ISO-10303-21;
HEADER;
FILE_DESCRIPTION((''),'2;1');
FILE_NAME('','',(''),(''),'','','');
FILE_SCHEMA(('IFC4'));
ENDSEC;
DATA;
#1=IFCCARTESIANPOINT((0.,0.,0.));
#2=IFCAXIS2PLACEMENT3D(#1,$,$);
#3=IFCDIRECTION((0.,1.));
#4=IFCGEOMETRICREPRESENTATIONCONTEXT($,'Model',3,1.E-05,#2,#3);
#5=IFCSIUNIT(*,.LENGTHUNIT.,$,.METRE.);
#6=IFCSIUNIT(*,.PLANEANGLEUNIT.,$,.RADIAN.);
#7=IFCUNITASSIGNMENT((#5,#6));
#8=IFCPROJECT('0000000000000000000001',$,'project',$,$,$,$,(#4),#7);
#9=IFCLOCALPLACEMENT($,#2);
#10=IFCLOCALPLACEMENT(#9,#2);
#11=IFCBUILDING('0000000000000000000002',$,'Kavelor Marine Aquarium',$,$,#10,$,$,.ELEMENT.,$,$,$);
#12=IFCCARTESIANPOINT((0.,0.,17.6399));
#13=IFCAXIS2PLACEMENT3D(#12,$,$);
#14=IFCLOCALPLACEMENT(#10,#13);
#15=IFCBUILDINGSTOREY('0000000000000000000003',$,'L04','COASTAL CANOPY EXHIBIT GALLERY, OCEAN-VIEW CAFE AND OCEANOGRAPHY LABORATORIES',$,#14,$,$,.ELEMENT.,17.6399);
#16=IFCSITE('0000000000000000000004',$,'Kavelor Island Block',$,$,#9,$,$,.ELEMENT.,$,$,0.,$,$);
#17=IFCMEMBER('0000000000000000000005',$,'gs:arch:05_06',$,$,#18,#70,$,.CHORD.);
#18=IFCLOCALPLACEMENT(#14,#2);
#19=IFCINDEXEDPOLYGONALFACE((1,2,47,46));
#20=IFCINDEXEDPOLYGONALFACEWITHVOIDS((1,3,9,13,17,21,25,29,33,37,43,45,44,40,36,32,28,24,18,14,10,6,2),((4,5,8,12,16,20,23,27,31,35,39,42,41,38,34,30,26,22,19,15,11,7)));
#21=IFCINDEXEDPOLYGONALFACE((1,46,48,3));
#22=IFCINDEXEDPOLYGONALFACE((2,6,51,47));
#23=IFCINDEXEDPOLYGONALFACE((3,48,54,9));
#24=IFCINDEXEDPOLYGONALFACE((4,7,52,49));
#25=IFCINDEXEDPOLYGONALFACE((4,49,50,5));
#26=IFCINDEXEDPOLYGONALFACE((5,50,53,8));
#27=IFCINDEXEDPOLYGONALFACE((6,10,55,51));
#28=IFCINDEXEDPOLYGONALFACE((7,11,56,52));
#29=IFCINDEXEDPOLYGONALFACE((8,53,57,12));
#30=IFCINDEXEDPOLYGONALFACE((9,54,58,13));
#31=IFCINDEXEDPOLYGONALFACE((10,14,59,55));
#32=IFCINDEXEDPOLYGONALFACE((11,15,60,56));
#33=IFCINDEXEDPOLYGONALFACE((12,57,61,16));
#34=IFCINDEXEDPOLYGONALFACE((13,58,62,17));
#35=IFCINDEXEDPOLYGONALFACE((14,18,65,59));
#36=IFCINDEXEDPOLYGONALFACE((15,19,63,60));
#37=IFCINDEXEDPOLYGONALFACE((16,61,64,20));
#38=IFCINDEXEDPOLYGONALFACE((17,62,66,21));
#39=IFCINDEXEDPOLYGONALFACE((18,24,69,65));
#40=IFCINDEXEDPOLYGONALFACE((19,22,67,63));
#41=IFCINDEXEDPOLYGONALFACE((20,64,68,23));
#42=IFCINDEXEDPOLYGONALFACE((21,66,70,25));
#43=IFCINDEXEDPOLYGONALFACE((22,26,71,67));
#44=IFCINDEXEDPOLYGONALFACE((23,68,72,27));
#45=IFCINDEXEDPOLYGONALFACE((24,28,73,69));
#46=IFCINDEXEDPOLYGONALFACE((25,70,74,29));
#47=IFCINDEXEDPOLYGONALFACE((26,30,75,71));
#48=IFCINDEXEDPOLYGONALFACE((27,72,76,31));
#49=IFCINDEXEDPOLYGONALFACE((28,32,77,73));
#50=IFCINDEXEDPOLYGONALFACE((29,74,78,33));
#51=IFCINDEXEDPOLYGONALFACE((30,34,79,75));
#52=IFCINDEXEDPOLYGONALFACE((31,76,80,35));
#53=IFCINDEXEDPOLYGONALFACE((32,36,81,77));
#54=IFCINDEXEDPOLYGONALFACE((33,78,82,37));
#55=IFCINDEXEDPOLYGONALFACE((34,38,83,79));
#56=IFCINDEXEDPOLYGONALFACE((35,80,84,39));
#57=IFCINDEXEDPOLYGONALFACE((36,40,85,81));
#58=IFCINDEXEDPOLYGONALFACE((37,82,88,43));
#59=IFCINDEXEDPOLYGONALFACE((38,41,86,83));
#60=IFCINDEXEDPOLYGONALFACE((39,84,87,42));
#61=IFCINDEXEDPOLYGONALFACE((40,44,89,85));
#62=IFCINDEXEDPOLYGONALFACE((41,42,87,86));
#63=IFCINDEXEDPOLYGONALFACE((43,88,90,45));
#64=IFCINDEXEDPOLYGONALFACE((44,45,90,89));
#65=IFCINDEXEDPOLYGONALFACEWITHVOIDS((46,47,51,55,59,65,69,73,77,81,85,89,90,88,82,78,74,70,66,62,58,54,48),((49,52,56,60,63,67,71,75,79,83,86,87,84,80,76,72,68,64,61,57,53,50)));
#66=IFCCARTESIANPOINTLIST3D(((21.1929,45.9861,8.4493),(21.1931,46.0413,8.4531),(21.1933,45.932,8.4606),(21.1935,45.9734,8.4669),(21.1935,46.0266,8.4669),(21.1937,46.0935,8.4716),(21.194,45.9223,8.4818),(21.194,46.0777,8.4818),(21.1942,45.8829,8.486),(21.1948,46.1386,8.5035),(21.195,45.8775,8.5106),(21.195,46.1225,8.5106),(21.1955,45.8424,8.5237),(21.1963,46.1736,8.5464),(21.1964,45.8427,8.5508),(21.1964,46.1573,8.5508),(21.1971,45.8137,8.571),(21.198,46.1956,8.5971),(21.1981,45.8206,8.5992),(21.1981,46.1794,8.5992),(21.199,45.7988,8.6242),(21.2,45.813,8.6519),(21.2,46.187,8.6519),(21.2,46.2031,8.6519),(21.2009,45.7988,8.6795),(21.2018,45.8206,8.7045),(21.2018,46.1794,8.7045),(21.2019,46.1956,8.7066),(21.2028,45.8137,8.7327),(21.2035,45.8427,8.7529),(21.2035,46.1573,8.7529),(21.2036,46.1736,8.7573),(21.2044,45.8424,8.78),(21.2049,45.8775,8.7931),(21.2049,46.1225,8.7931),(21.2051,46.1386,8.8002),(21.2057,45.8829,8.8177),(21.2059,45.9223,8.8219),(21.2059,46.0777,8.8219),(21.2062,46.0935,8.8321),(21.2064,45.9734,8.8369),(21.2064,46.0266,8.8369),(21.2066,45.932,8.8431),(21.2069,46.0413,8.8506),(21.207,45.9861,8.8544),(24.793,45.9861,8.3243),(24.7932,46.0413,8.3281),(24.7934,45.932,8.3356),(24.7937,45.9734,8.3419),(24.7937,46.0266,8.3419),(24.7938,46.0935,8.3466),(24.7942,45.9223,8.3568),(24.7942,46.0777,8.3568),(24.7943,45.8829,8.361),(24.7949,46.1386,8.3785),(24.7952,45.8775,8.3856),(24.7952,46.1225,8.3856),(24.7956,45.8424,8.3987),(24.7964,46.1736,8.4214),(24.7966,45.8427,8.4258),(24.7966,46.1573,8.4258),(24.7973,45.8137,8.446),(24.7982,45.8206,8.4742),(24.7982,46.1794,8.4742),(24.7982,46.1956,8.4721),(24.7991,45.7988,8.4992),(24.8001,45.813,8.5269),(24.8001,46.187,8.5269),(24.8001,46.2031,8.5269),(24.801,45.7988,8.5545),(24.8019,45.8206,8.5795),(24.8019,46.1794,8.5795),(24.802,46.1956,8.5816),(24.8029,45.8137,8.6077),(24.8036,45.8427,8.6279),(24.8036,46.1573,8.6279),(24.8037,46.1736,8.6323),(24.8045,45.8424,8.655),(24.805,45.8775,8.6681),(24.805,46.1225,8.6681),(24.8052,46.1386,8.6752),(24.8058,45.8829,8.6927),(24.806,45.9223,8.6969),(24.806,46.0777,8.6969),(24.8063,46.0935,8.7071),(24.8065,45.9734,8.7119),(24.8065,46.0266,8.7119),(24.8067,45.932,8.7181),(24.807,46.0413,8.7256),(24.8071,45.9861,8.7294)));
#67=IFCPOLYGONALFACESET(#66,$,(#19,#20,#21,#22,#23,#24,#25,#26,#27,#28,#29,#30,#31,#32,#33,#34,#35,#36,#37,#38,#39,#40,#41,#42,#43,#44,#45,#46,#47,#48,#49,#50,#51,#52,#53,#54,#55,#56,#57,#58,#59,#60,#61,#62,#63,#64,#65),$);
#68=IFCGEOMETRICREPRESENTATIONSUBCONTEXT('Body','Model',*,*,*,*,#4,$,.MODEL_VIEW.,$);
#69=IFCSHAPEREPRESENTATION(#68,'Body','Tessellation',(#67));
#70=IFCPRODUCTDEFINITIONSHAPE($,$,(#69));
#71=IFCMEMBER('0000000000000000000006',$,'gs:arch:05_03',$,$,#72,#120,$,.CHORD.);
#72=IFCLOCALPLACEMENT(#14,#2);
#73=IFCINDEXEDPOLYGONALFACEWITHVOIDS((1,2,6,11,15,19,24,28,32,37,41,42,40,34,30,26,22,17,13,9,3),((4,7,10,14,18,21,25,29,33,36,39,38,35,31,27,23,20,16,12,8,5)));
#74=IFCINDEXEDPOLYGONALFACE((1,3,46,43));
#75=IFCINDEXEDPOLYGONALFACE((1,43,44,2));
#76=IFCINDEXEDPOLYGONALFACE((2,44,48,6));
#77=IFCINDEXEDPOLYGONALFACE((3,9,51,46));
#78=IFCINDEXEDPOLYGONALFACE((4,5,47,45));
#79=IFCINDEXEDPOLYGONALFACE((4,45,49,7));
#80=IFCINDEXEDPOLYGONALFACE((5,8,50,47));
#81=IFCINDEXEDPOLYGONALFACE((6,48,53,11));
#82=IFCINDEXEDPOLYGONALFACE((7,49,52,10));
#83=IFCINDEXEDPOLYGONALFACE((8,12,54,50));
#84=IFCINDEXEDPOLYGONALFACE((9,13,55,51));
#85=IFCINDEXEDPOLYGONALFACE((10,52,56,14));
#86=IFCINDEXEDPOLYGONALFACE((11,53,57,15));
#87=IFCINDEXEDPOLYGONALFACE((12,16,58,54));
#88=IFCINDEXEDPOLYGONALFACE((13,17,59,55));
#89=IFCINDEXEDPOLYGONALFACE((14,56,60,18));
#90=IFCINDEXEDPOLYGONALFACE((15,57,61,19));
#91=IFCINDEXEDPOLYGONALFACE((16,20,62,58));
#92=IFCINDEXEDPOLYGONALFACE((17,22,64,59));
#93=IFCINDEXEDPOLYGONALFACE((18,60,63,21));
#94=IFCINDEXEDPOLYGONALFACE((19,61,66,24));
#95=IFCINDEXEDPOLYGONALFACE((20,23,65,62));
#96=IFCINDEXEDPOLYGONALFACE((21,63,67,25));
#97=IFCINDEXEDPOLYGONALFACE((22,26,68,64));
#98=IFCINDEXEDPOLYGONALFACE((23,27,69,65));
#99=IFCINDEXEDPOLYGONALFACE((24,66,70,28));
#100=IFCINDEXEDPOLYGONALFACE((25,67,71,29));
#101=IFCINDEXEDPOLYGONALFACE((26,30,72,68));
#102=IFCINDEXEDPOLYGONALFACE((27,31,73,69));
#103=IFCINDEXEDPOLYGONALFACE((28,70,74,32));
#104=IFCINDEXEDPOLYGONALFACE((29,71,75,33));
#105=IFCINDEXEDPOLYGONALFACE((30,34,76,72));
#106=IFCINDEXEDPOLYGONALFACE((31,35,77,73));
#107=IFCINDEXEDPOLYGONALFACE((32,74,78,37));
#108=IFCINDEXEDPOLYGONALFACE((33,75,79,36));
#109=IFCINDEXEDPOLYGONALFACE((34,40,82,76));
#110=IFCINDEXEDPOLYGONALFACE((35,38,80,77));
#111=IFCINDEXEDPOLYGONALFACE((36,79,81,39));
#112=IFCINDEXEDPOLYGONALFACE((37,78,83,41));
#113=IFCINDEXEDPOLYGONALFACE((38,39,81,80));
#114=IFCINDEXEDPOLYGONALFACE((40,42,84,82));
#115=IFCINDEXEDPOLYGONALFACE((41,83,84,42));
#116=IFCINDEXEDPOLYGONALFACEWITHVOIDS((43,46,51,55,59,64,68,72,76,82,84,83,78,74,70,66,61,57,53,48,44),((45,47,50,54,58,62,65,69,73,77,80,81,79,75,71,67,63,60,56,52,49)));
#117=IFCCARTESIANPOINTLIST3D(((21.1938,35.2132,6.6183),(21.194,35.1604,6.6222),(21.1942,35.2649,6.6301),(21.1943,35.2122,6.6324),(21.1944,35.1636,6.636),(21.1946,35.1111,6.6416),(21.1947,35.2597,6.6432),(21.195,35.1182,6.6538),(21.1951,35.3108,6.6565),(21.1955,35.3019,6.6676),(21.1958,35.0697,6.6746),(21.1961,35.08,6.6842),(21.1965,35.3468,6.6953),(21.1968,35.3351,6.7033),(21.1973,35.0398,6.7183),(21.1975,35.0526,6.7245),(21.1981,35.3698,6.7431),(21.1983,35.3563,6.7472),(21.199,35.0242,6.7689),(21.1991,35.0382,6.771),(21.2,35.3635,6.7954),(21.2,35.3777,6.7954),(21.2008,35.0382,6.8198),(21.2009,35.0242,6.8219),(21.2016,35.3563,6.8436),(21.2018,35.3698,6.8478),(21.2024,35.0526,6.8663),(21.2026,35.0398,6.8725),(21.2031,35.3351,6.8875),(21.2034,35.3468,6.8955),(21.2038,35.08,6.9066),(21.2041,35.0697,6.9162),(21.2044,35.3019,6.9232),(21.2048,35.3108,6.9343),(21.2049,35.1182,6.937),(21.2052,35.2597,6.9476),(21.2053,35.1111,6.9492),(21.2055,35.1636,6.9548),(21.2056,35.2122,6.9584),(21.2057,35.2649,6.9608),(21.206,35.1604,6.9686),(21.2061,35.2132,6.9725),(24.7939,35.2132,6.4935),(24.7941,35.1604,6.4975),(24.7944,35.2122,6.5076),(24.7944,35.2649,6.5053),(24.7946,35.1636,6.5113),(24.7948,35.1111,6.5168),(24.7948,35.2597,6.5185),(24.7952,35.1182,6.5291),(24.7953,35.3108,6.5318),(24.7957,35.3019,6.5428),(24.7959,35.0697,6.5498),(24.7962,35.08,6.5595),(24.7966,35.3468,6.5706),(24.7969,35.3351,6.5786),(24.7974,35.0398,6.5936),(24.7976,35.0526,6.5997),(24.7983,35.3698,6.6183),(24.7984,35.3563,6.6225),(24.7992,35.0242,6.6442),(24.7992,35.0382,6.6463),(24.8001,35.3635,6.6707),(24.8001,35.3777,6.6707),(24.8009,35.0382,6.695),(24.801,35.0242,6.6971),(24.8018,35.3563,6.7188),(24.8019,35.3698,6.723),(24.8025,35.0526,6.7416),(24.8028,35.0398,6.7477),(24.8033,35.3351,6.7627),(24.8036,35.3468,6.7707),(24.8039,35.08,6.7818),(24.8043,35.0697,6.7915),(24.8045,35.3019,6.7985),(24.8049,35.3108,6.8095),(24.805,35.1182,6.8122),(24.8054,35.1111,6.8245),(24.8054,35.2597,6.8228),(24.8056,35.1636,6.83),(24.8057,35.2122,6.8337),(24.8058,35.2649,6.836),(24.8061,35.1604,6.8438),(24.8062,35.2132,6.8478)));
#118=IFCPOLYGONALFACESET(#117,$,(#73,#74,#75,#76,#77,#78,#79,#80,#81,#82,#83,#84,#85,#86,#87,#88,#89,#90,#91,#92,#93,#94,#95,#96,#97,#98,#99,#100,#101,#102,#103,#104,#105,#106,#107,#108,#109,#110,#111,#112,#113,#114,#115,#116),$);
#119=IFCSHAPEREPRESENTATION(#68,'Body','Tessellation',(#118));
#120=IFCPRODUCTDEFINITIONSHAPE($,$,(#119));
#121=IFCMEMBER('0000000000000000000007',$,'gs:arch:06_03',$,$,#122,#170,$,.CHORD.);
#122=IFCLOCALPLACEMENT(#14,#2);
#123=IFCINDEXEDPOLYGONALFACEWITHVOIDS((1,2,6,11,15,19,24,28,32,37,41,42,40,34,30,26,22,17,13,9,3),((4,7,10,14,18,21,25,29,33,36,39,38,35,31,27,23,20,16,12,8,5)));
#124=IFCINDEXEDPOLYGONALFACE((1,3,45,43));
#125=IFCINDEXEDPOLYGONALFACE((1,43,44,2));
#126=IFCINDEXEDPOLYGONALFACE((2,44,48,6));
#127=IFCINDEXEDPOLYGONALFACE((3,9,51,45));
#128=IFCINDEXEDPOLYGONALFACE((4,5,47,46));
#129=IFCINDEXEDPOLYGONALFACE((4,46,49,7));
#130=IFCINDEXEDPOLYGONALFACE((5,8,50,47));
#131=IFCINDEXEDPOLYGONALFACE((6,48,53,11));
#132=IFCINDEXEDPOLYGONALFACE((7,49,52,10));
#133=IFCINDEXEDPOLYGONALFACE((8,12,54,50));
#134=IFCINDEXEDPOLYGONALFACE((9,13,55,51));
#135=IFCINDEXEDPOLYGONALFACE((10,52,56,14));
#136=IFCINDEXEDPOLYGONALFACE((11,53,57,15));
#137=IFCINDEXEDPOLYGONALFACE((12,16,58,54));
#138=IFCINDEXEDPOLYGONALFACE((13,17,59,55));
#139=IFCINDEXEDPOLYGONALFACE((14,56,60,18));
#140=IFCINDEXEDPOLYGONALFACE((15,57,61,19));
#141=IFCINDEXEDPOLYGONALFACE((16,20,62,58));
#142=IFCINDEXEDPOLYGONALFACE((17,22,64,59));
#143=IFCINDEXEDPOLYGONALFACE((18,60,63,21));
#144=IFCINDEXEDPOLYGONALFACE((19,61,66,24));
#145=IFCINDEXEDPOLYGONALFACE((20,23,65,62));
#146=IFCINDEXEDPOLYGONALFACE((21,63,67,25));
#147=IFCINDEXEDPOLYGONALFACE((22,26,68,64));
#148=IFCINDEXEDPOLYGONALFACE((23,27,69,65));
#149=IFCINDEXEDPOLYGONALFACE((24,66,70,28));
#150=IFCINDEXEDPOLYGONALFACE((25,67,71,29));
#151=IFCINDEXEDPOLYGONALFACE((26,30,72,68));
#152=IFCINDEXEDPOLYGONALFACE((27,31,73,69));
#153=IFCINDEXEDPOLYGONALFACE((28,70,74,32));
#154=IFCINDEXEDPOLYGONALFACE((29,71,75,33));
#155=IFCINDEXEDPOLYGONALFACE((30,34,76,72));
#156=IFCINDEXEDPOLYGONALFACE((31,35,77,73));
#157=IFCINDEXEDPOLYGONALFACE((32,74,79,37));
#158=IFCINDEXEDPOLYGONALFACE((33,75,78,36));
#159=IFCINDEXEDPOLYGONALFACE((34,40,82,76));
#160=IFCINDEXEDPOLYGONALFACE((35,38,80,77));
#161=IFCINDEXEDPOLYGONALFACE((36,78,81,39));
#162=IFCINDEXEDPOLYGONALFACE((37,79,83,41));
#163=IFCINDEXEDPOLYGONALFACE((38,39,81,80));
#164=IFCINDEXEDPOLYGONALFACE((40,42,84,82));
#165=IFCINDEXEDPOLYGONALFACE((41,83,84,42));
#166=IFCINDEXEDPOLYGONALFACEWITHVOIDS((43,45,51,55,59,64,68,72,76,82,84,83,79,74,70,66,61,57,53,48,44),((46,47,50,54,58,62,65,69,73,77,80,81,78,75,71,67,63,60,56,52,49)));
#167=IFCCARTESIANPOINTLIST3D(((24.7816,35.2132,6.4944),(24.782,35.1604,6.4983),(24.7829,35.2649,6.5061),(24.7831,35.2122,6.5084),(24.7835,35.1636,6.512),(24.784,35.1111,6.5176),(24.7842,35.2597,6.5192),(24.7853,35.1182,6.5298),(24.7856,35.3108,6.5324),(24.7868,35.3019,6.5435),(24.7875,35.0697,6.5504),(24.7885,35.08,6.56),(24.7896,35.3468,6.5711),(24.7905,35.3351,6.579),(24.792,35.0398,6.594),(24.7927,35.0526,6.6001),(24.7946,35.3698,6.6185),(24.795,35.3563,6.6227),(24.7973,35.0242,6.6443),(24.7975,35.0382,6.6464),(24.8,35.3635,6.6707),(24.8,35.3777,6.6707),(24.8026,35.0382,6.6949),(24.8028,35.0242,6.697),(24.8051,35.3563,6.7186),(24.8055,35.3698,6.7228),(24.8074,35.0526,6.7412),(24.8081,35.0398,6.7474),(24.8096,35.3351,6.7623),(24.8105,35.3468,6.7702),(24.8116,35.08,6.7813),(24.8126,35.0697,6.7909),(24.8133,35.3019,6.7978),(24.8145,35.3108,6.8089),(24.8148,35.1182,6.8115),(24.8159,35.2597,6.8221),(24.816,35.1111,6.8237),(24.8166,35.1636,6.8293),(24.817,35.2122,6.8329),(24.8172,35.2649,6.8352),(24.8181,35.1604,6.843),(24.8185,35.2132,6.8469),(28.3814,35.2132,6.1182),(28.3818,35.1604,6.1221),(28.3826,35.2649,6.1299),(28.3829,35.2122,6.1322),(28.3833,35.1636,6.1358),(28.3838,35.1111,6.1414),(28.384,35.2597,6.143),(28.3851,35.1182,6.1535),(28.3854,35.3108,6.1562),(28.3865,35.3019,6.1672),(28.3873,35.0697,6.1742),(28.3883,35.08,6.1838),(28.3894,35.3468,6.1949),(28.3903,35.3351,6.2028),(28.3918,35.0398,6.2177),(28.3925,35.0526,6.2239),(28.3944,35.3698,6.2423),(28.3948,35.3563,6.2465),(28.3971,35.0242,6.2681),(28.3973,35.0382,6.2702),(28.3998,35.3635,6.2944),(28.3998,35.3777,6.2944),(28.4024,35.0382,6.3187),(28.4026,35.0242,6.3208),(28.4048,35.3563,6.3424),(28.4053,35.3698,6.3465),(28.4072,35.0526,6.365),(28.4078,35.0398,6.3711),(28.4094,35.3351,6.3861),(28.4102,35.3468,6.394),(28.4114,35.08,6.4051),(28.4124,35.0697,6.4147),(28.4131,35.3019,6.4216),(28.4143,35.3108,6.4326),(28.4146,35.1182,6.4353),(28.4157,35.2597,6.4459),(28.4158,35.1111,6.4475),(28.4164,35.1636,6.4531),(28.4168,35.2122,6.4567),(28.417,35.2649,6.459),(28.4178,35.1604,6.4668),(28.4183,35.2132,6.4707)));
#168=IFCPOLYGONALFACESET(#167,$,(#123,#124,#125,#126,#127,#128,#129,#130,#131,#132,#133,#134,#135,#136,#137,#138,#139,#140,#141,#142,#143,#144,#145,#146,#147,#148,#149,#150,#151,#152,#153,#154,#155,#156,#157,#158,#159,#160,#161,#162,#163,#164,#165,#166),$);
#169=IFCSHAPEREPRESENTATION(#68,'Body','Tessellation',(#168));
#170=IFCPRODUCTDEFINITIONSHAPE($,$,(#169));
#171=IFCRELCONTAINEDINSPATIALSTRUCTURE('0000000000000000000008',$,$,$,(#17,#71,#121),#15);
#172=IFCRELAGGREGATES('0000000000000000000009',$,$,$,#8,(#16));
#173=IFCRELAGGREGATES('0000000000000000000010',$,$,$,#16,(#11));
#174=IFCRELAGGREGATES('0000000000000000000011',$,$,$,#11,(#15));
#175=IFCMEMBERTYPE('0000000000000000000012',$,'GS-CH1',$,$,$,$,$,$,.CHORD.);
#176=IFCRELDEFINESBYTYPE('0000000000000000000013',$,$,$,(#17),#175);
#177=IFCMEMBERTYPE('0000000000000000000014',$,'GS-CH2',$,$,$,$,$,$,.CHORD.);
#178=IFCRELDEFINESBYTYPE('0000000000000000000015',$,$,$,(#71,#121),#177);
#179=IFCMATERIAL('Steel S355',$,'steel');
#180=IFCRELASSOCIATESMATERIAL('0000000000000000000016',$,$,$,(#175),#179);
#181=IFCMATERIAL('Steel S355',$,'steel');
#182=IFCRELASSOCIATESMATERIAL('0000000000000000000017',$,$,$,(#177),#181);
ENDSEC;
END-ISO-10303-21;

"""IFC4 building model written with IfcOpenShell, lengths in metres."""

from ifc_helpers import new_model, si_unit, direction, frame, origin, origin_2d, place, context, subcontext, project, spatial, hollow_circle, extrude, material, material_profile, profile_set, type_object, element, save


model = new_model("IFC4")

# Units and contexts
model_context = context("Model", 3, precision=1e-05, world=origin(), true_north=direction((0.0, 1.0)))
body_context = subcontext(model_context, "Body", "Model", "MODEL_VIEW")
ifc_project = project(units=[si_unit("LENGTHUNIT", "METRE"), si_unit("PLANEANGLEUNIT", "RADIAN")], contexts=[model_context])

# Site, building, storey
site_placement = place(None, origin())
site = spatial("IfcSite", under=ifc_project, at=site_placement, Name="Kavelor Island Block", CompositionType="ELEMENT", RefElevation=0.0)
building_placement = place(site_placement, origin())
building = spatial("IfcBuilding", under=site, at=building_placement, Name="Kavelor Marine Aquarium", CompositionType="ELEMENT")
storey_placement = place(building_placement, frame((0.0, 0.0, 17.6399)))
storey = spatial("IfcBuildingStorey", under=building, at=storey_placement, Name="L04", Description="COASTAL CANOPY EXHIBIT GALLERY, OCEAN-VIEW CAFE AND OCEANOGRAPHY LABORATORIES", CompositionType="ELEMENT", Elevation=17.6399)

# Members
ifc_material_1 = material(Name="Steel S355", Category="steel")
ifc_material_profile_1 = material_profile(ifc_material_1, hollow_circle(Radius=0.2031, WallThickness=0.0161, at=origin_2d()), Name="CHS 406.4x16.0")
ifc_profile_set_1 = profile_set([ifc_material_profile_1], Name="Steel S355")
member_type_1 = type_object("IfcMemberType", Name="GS-CH1", PredefinedType="CHORD", material=ifc_profile_set_1)
member_1_placement = place(storey_placement, frame((21.2, 46.0, 8.6519), z_axis=(0.999398, 0.0, -0.0347), x_axis=(0.0, 1.0, 0.0)))
element("IfcMember", 1, at=member_1_placement, inside=storey, type_object=member_type_1, Name="gs:arch:05_06", PredefinedType="CHORD", context=body_context, shape_type="SweptSolid", body=[
    extrude(hollow_circle(Radius=0.2031, WallThickness=0.0161, at=origin_2d()), origin(), (0.0, 0.0, 1.0), 3.6023),
])
ifc_material_2 = material(Name="Steel S355", Category="steel")
ifc_material_profile_2 = material_profile(ifc_material_2, hollow_circle(Radius=0.1777, WallThickness=0.0142, at=origin_2d()), Name="CHS 355.6x14.2")
ifc_profile_set_2 = profile_set([ifc_material_profile_2], Name="Steel S355")
member_type_2 = type_object("IfcMemberType", Name="GS-CH2", PredefinedType="CHORD", material=ifc_profile_set_2)
member_2_placement = place(storey_placement, frame((21.2, 35.2, 6.7954), z_axis=(0.9994, 0.0, -0.034633), x_axis=(0.0, 1.0, 0.0)))
element("IfcMember", 2, at=member_2_placement, inside=storey, type_object=member_type_2, Name="gs:arch:05_03", PredefinedType="CHORD", context=body_context, shape_type="SweptSolid", body=[
    extrude(hollow_circle(Radius=0.1777, WallThickness=0.0142, at=origin_2d()), origin(), (0.0, 0.0, 1.0), 3.6023),
])
member_3_placement = place(storey_placement, frame((24.8, 35.2, 6.6707), z_axis=(0.994583, 0.0, -0.103944), x_axis=(0.0, 1.0, 0.0)))
element("IfcMember", 3, at=member_3_placement, inside=storey, type_object=member_type_2, Name="gs:arch:06_03", PredefinedType="CHORD", context=body_context, shape_type="SweptSolid", body=[
    extrude(hollow_circle(Radius=0.1777, WallThickness=0.0142, at=origin_2d()), origin(), (0.0, 0.0, 1.0), 3.6194),
])

save(model, "model.ifc")
